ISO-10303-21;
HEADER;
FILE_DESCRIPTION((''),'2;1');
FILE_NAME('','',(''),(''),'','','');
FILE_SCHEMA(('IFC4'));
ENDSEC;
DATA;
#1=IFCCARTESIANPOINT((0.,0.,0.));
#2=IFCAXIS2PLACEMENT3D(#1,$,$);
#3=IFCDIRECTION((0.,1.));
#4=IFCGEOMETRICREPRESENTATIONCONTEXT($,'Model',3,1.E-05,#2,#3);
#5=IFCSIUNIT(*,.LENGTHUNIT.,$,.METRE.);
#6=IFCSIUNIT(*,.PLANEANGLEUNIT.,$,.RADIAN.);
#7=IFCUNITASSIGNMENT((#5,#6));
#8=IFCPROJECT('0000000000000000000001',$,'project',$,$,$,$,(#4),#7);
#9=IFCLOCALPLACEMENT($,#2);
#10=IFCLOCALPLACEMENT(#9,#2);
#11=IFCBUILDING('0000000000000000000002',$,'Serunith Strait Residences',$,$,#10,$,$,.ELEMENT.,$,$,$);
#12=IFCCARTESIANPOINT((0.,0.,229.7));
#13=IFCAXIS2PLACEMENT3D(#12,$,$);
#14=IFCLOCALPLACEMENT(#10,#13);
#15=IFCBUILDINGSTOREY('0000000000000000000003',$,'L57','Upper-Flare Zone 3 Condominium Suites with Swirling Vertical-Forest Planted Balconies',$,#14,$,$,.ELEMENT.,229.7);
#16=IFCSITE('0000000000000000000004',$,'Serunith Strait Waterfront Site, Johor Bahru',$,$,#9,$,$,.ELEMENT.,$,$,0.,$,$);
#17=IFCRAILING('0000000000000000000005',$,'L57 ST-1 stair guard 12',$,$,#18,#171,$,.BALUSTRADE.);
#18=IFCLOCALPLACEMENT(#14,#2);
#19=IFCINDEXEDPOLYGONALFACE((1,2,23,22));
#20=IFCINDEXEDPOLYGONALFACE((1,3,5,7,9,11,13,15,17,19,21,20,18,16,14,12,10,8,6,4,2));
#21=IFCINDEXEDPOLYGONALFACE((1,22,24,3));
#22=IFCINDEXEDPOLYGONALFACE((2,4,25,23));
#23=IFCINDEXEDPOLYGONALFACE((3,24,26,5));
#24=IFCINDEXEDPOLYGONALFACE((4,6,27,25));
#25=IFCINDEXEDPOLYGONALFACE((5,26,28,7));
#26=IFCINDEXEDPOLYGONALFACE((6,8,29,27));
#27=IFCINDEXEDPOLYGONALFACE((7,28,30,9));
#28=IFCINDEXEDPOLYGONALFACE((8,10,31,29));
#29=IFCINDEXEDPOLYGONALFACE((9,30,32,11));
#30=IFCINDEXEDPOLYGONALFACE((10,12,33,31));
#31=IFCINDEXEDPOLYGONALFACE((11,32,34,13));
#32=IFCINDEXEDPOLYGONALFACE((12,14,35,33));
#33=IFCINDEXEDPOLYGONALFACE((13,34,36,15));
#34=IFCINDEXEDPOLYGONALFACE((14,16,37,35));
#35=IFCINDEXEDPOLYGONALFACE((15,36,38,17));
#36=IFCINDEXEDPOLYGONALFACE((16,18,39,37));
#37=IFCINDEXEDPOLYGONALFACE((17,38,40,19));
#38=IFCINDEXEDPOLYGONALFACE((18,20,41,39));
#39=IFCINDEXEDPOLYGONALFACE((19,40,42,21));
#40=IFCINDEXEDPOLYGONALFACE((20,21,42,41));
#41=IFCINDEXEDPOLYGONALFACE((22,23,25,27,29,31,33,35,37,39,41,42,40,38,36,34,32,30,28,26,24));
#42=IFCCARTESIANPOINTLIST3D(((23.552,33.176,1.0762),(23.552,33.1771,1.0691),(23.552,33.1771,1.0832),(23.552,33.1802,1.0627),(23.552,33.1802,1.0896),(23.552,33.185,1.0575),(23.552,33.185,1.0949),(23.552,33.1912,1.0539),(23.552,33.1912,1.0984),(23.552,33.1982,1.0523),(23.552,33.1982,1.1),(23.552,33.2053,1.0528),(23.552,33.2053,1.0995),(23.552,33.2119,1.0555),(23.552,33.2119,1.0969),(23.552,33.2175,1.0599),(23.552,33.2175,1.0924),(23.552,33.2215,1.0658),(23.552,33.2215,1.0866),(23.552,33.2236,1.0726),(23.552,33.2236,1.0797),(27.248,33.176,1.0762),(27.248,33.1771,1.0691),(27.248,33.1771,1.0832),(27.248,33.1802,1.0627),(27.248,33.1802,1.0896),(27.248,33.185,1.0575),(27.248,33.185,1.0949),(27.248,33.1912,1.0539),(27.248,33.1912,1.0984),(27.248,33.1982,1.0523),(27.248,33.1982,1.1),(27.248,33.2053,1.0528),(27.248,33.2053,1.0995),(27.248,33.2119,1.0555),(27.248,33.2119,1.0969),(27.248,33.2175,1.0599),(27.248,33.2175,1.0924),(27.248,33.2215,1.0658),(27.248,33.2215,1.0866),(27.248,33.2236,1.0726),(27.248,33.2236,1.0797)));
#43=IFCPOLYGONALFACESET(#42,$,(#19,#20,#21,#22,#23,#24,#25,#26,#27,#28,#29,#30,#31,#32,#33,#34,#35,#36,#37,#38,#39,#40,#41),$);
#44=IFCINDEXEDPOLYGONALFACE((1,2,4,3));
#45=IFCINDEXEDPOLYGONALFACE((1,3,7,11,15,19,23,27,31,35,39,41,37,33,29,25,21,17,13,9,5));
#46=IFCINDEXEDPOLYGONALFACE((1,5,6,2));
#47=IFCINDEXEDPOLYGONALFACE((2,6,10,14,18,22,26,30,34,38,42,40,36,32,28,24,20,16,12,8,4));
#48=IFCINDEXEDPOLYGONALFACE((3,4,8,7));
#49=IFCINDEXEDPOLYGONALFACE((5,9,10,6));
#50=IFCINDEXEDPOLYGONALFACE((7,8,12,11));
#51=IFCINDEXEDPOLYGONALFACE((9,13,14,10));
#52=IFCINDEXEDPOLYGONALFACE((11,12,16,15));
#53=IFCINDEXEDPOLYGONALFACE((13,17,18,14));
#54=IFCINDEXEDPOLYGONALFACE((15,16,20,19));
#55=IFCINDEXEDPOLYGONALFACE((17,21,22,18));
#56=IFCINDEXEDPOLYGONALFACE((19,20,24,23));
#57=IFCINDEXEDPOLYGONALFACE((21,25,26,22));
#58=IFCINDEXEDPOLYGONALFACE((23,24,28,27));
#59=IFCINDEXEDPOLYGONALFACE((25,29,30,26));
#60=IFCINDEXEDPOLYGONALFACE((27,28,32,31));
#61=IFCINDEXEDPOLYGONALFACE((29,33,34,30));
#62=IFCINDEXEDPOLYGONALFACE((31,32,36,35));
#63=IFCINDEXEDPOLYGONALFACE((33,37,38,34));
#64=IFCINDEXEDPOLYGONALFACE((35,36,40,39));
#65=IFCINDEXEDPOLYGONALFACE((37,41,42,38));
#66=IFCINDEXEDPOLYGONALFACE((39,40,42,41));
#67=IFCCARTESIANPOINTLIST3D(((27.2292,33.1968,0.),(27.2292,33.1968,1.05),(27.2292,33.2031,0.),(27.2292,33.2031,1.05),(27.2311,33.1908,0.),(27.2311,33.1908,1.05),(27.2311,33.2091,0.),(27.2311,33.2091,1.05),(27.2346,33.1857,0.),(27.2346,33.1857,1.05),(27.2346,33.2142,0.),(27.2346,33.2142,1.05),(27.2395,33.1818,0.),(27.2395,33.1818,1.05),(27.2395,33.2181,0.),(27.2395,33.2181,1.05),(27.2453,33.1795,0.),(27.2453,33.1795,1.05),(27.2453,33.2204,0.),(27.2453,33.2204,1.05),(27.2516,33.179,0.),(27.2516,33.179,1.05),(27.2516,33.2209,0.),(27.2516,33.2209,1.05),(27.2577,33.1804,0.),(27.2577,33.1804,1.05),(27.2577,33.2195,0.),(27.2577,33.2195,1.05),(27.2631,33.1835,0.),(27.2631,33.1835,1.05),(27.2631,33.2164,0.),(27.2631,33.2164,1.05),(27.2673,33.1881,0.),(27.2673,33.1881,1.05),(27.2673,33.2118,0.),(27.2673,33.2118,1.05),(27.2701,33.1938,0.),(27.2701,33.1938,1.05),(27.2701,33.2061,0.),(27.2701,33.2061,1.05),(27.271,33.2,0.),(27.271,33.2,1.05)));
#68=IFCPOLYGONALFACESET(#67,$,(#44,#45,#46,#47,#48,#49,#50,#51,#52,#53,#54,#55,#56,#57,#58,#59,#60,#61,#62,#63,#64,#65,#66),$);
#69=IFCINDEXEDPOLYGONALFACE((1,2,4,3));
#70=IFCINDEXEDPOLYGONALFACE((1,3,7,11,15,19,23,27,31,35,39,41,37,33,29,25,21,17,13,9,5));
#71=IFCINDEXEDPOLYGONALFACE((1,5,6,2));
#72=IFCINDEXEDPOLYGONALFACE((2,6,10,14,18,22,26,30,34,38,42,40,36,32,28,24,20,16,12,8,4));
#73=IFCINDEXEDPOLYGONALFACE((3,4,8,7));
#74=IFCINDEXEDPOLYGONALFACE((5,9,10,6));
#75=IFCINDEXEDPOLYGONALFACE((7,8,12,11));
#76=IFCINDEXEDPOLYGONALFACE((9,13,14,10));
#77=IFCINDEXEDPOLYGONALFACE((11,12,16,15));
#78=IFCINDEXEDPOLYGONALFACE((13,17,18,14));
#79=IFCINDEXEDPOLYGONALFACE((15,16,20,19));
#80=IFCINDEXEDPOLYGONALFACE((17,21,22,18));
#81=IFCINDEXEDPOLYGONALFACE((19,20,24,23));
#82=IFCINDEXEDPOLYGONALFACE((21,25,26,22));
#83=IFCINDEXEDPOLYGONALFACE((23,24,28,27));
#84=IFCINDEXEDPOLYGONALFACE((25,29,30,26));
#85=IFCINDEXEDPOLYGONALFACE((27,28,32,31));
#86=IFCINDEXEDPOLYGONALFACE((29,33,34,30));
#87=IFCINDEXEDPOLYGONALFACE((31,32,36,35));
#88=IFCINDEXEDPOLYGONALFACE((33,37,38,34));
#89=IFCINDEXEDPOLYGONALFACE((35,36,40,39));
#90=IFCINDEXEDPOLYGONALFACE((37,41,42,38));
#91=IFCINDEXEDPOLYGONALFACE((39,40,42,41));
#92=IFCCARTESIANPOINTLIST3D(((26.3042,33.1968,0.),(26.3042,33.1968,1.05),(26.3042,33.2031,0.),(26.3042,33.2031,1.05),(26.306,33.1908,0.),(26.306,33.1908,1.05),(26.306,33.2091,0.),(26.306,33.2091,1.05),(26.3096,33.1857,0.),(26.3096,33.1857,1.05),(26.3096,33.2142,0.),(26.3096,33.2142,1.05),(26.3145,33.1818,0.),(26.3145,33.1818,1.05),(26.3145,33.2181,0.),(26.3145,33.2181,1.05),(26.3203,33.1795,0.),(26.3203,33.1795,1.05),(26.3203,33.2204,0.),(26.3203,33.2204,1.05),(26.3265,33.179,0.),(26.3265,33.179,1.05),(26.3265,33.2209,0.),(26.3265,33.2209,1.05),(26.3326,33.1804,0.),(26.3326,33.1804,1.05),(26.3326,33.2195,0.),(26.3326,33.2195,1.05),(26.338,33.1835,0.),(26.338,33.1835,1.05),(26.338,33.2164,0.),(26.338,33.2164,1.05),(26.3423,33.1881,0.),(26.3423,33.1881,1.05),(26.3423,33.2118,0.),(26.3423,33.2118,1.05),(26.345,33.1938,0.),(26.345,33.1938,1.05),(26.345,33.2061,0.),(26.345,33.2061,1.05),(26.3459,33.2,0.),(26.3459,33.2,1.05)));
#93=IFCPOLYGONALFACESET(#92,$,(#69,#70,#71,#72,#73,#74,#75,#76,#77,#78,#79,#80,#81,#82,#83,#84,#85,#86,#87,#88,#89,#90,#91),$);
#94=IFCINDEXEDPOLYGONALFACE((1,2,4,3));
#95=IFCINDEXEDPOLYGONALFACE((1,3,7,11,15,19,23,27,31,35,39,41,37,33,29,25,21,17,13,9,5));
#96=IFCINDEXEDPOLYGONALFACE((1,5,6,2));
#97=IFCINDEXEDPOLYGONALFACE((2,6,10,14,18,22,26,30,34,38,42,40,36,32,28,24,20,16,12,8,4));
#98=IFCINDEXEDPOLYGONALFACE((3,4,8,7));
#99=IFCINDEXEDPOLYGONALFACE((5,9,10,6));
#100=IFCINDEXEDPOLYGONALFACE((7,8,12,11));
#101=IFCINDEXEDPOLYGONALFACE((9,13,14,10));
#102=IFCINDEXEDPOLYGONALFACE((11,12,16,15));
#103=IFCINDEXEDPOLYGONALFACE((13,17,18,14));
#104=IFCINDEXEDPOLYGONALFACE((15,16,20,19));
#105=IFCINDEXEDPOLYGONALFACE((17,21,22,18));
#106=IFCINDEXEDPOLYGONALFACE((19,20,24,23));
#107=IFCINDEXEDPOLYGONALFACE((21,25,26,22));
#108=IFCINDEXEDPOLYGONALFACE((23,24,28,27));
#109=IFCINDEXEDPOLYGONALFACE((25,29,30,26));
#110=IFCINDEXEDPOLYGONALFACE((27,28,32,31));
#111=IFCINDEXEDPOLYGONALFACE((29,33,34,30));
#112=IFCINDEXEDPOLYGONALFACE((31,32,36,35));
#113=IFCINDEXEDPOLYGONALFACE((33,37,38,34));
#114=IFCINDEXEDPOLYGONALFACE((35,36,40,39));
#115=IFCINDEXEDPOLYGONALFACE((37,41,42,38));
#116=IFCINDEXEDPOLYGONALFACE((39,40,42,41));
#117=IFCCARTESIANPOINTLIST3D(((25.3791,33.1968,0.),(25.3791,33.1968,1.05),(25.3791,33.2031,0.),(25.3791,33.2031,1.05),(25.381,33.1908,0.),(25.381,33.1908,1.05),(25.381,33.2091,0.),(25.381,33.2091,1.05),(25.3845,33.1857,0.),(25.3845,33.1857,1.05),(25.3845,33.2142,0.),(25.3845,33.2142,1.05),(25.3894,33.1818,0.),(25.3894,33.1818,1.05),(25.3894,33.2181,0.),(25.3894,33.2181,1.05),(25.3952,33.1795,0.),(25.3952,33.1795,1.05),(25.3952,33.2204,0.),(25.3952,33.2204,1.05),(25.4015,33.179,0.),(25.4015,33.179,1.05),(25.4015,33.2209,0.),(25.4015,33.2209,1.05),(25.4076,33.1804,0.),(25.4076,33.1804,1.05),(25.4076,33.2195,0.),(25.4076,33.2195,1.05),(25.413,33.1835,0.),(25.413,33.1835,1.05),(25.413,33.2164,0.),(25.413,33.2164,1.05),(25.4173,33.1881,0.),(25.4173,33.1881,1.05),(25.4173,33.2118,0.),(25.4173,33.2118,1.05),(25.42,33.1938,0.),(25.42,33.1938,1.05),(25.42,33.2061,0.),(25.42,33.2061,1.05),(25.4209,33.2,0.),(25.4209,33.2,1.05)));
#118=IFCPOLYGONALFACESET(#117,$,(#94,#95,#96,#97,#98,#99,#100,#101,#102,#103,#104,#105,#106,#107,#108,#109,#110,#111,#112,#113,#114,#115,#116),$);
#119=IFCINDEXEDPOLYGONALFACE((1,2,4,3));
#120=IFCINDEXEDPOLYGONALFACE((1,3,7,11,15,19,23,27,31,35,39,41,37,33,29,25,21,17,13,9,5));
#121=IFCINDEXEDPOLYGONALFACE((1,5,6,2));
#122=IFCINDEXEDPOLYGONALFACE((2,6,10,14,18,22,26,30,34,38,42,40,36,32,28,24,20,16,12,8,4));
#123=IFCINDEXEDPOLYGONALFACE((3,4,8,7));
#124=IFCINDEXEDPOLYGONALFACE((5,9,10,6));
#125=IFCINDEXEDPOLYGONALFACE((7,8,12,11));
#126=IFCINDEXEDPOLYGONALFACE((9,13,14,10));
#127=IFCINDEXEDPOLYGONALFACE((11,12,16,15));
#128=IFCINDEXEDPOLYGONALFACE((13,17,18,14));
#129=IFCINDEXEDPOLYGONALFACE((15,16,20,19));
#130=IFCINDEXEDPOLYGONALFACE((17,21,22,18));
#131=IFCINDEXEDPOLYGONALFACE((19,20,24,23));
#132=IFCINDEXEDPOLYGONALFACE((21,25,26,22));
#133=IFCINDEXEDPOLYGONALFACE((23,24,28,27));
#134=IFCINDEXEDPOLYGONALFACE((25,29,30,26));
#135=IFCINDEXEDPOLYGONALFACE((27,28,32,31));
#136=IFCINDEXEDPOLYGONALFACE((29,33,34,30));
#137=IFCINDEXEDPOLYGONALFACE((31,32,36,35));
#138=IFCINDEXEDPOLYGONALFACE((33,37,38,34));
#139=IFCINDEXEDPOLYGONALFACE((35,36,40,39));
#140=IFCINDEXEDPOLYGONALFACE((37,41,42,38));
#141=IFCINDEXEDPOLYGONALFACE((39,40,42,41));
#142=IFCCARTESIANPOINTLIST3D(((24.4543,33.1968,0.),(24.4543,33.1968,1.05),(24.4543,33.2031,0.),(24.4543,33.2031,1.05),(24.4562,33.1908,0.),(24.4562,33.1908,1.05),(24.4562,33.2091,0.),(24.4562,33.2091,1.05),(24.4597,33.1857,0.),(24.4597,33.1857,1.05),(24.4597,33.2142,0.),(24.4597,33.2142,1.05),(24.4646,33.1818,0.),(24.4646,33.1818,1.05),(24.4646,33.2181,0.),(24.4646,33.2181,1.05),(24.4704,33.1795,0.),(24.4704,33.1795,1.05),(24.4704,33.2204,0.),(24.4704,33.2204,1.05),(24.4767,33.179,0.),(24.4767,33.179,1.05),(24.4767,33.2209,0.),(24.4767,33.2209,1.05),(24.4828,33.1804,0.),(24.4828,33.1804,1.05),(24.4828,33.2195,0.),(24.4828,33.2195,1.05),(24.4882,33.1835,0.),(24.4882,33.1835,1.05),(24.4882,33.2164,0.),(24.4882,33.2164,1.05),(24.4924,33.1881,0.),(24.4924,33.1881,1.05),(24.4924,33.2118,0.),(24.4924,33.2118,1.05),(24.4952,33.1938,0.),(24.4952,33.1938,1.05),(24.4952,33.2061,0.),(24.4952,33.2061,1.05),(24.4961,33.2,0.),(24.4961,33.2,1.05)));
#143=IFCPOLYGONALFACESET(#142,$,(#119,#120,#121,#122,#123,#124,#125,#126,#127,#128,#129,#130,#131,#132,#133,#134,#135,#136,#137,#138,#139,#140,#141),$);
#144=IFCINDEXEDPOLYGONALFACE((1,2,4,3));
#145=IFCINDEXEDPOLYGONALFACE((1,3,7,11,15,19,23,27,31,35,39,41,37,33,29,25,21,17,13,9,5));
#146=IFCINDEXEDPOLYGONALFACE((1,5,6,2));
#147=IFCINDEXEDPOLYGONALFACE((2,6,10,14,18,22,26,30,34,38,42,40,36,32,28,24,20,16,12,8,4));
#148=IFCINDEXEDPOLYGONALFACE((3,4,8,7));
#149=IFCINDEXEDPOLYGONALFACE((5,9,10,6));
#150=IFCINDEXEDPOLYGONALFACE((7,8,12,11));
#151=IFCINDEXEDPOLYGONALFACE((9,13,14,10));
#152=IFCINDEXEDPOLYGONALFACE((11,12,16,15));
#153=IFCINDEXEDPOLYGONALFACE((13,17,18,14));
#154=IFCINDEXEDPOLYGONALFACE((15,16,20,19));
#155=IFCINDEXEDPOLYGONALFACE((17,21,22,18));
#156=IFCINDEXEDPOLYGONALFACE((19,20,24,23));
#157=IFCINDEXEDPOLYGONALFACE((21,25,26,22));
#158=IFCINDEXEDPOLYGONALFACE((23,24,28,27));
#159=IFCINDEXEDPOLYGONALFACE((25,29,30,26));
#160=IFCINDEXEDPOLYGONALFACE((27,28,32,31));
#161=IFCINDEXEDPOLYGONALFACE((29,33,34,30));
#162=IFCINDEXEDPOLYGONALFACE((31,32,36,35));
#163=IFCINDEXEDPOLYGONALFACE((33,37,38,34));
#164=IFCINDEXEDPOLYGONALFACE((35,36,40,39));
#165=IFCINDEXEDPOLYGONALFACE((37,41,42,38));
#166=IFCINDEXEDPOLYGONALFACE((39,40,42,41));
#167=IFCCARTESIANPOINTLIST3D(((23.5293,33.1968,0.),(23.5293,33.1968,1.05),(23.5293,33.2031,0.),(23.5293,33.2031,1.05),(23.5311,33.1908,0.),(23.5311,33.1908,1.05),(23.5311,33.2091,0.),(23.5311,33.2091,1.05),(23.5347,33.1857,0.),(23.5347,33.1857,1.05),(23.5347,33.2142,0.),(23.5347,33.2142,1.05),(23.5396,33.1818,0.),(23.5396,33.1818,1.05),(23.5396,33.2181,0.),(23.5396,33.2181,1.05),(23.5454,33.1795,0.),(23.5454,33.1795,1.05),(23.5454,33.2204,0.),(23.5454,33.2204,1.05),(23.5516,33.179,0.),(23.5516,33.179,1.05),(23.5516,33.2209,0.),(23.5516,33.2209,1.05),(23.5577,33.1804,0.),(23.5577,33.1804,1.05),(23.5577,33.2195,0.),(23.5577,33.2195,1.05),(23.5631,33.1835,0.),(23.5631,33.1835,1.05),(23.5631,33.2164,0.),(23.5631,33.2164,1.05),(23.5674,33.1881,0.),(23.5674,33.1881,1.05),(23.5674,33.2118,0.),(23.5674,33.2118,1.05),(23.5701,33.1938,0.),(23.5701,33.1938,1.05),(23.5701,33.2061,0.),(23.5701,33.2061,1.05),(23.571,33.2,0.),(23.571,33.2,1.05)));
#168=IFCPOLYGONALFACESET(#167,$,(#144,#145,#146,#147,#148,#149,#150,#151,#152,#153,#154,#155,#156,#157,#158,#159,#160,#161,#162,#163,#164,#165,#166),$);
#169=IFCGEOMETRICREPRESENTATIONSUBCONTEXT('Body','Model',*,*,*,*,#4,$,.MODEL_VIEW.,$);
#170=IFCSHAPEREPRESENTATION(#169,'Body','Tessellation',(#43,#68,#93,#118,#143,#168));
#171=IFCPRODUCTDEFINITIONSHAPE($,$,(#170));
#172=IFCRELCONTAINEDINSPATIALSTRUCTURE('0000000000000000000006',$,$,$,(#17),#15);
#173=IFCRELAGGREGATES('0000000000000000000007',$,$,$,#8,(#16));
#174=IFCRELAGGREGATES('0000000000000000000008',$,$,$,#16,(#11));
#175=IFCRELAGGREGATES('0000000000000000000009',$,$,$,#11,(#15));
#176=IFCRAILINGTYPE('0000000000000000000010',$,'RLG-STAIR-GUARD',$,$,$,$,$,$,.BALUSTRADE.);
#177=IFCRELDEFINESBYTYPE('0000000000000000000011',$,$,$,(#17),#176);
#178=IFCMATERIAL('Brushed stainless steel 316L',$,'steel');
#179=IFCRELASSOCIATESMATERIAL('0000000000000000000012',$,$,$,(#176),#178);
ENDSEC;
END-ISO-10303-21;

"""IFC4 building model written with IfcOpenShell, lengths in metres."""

from ifc_helpers import new_model, si_unit, direction, frame, origin, origin_2d, place, context, subcontext, project, spatial, circle, extrude, material, type_object, element, save


model = new_model("IFC4")

# Units and contexts
model_context = context("Model", 3, precision=1e-05, world=origin(), true_north=direction((0.0, 1.0)))
body_context = subcontext(model_context, "Body", "Model", "MODEL_VIEW")
ifc_project = project(units=[si_unit("LENGTHUNIT", "METRE"), si_unit("PLANEANGLEUNIT", "RADIAN")], contexts=[model_context])

# Site, building, storey
site_placement = place(None, origin())
site = spatial("IfcSite", under=ifc_project, at=site_placement, Name="Serunith Strait Waterfront Site, Johor Bahru", CompositionType="ELEMENT", RefElevation=0.0)
building_placement = place(site_placement, origin())
building = spatial("IfcBuilding", under=site, at=building_placement, Name="Serunith Strait Residences", CompositionType="ELEMENT")
storey_placement = place(building_placement, frame((0.0, 0.0, 229.7)))
storey = spatial("IfcBuildingStorey", under=building, at=storey_placement, Name="L57", Description="Upper-Flare Zone 3 Condominium Suites with Swirling Vertical-Forest Planted Balconies", CompositionType="ELEMENT", Elevation=229.7)

# Railing
ifc_material_1 = material(Name="Brushed stainless steel 316L", Category="steel")
railing_type_1 = type_object("IfcRailingType", Name="RLG-STAIR-GUARD", PredefinedType="BALUSTRADE", material=ifc_material_1)
railing_1_placement = place(storey_placement, frame((27.25, 33.2, 0.0)))
element("IfcRailing", 1, at=railing_1_placement, inside=storey, type_object=railing_type_1, Name="L57 ST-1 stair guard 12", PredefinedType="BALUSTRADE", context=body_context, shape_type="SweptSolid", body=[
    extrude(circle(Radius=0.0239, at=origin_2d()), frame((-0.002, 0.0, 1.0762), z_axis=(-1.0, 0.0, 0.0), x_axis=(0.0, -1.0, 0.0)), (0.0, 0.0, 1.0), 3.696),
    extrude(circle(Radius=0.021, at=origin_2d()), origin(), (0.0, 0.0, 1.0), 1.05),
    extrude(circle(Radius=0.021, at=origin_2d()), frame((-0.925, 0.0, 0.0)), (0.0, 0.0, 1.0), 1.05),
    extrude(circle(Radius=0.021, at=origin_2d()), frame((-1.8501, 0.0, 0.0)), (0.0, 0.0, 1.0), 1.05),
    extrude(circle(Radius=0.021, at=origin_2d()), frame((-2.7749, 0.0, 0.0)), (0.0, 0.0, 1.0), 1.05),
    extrude(circle(Radius=0.021, at=origin_2d()), frame((-3.7, 0.0, 0.0)), (0.0, 0.0, 1.0), 1.05),
])

save(model, "model.ifc")
